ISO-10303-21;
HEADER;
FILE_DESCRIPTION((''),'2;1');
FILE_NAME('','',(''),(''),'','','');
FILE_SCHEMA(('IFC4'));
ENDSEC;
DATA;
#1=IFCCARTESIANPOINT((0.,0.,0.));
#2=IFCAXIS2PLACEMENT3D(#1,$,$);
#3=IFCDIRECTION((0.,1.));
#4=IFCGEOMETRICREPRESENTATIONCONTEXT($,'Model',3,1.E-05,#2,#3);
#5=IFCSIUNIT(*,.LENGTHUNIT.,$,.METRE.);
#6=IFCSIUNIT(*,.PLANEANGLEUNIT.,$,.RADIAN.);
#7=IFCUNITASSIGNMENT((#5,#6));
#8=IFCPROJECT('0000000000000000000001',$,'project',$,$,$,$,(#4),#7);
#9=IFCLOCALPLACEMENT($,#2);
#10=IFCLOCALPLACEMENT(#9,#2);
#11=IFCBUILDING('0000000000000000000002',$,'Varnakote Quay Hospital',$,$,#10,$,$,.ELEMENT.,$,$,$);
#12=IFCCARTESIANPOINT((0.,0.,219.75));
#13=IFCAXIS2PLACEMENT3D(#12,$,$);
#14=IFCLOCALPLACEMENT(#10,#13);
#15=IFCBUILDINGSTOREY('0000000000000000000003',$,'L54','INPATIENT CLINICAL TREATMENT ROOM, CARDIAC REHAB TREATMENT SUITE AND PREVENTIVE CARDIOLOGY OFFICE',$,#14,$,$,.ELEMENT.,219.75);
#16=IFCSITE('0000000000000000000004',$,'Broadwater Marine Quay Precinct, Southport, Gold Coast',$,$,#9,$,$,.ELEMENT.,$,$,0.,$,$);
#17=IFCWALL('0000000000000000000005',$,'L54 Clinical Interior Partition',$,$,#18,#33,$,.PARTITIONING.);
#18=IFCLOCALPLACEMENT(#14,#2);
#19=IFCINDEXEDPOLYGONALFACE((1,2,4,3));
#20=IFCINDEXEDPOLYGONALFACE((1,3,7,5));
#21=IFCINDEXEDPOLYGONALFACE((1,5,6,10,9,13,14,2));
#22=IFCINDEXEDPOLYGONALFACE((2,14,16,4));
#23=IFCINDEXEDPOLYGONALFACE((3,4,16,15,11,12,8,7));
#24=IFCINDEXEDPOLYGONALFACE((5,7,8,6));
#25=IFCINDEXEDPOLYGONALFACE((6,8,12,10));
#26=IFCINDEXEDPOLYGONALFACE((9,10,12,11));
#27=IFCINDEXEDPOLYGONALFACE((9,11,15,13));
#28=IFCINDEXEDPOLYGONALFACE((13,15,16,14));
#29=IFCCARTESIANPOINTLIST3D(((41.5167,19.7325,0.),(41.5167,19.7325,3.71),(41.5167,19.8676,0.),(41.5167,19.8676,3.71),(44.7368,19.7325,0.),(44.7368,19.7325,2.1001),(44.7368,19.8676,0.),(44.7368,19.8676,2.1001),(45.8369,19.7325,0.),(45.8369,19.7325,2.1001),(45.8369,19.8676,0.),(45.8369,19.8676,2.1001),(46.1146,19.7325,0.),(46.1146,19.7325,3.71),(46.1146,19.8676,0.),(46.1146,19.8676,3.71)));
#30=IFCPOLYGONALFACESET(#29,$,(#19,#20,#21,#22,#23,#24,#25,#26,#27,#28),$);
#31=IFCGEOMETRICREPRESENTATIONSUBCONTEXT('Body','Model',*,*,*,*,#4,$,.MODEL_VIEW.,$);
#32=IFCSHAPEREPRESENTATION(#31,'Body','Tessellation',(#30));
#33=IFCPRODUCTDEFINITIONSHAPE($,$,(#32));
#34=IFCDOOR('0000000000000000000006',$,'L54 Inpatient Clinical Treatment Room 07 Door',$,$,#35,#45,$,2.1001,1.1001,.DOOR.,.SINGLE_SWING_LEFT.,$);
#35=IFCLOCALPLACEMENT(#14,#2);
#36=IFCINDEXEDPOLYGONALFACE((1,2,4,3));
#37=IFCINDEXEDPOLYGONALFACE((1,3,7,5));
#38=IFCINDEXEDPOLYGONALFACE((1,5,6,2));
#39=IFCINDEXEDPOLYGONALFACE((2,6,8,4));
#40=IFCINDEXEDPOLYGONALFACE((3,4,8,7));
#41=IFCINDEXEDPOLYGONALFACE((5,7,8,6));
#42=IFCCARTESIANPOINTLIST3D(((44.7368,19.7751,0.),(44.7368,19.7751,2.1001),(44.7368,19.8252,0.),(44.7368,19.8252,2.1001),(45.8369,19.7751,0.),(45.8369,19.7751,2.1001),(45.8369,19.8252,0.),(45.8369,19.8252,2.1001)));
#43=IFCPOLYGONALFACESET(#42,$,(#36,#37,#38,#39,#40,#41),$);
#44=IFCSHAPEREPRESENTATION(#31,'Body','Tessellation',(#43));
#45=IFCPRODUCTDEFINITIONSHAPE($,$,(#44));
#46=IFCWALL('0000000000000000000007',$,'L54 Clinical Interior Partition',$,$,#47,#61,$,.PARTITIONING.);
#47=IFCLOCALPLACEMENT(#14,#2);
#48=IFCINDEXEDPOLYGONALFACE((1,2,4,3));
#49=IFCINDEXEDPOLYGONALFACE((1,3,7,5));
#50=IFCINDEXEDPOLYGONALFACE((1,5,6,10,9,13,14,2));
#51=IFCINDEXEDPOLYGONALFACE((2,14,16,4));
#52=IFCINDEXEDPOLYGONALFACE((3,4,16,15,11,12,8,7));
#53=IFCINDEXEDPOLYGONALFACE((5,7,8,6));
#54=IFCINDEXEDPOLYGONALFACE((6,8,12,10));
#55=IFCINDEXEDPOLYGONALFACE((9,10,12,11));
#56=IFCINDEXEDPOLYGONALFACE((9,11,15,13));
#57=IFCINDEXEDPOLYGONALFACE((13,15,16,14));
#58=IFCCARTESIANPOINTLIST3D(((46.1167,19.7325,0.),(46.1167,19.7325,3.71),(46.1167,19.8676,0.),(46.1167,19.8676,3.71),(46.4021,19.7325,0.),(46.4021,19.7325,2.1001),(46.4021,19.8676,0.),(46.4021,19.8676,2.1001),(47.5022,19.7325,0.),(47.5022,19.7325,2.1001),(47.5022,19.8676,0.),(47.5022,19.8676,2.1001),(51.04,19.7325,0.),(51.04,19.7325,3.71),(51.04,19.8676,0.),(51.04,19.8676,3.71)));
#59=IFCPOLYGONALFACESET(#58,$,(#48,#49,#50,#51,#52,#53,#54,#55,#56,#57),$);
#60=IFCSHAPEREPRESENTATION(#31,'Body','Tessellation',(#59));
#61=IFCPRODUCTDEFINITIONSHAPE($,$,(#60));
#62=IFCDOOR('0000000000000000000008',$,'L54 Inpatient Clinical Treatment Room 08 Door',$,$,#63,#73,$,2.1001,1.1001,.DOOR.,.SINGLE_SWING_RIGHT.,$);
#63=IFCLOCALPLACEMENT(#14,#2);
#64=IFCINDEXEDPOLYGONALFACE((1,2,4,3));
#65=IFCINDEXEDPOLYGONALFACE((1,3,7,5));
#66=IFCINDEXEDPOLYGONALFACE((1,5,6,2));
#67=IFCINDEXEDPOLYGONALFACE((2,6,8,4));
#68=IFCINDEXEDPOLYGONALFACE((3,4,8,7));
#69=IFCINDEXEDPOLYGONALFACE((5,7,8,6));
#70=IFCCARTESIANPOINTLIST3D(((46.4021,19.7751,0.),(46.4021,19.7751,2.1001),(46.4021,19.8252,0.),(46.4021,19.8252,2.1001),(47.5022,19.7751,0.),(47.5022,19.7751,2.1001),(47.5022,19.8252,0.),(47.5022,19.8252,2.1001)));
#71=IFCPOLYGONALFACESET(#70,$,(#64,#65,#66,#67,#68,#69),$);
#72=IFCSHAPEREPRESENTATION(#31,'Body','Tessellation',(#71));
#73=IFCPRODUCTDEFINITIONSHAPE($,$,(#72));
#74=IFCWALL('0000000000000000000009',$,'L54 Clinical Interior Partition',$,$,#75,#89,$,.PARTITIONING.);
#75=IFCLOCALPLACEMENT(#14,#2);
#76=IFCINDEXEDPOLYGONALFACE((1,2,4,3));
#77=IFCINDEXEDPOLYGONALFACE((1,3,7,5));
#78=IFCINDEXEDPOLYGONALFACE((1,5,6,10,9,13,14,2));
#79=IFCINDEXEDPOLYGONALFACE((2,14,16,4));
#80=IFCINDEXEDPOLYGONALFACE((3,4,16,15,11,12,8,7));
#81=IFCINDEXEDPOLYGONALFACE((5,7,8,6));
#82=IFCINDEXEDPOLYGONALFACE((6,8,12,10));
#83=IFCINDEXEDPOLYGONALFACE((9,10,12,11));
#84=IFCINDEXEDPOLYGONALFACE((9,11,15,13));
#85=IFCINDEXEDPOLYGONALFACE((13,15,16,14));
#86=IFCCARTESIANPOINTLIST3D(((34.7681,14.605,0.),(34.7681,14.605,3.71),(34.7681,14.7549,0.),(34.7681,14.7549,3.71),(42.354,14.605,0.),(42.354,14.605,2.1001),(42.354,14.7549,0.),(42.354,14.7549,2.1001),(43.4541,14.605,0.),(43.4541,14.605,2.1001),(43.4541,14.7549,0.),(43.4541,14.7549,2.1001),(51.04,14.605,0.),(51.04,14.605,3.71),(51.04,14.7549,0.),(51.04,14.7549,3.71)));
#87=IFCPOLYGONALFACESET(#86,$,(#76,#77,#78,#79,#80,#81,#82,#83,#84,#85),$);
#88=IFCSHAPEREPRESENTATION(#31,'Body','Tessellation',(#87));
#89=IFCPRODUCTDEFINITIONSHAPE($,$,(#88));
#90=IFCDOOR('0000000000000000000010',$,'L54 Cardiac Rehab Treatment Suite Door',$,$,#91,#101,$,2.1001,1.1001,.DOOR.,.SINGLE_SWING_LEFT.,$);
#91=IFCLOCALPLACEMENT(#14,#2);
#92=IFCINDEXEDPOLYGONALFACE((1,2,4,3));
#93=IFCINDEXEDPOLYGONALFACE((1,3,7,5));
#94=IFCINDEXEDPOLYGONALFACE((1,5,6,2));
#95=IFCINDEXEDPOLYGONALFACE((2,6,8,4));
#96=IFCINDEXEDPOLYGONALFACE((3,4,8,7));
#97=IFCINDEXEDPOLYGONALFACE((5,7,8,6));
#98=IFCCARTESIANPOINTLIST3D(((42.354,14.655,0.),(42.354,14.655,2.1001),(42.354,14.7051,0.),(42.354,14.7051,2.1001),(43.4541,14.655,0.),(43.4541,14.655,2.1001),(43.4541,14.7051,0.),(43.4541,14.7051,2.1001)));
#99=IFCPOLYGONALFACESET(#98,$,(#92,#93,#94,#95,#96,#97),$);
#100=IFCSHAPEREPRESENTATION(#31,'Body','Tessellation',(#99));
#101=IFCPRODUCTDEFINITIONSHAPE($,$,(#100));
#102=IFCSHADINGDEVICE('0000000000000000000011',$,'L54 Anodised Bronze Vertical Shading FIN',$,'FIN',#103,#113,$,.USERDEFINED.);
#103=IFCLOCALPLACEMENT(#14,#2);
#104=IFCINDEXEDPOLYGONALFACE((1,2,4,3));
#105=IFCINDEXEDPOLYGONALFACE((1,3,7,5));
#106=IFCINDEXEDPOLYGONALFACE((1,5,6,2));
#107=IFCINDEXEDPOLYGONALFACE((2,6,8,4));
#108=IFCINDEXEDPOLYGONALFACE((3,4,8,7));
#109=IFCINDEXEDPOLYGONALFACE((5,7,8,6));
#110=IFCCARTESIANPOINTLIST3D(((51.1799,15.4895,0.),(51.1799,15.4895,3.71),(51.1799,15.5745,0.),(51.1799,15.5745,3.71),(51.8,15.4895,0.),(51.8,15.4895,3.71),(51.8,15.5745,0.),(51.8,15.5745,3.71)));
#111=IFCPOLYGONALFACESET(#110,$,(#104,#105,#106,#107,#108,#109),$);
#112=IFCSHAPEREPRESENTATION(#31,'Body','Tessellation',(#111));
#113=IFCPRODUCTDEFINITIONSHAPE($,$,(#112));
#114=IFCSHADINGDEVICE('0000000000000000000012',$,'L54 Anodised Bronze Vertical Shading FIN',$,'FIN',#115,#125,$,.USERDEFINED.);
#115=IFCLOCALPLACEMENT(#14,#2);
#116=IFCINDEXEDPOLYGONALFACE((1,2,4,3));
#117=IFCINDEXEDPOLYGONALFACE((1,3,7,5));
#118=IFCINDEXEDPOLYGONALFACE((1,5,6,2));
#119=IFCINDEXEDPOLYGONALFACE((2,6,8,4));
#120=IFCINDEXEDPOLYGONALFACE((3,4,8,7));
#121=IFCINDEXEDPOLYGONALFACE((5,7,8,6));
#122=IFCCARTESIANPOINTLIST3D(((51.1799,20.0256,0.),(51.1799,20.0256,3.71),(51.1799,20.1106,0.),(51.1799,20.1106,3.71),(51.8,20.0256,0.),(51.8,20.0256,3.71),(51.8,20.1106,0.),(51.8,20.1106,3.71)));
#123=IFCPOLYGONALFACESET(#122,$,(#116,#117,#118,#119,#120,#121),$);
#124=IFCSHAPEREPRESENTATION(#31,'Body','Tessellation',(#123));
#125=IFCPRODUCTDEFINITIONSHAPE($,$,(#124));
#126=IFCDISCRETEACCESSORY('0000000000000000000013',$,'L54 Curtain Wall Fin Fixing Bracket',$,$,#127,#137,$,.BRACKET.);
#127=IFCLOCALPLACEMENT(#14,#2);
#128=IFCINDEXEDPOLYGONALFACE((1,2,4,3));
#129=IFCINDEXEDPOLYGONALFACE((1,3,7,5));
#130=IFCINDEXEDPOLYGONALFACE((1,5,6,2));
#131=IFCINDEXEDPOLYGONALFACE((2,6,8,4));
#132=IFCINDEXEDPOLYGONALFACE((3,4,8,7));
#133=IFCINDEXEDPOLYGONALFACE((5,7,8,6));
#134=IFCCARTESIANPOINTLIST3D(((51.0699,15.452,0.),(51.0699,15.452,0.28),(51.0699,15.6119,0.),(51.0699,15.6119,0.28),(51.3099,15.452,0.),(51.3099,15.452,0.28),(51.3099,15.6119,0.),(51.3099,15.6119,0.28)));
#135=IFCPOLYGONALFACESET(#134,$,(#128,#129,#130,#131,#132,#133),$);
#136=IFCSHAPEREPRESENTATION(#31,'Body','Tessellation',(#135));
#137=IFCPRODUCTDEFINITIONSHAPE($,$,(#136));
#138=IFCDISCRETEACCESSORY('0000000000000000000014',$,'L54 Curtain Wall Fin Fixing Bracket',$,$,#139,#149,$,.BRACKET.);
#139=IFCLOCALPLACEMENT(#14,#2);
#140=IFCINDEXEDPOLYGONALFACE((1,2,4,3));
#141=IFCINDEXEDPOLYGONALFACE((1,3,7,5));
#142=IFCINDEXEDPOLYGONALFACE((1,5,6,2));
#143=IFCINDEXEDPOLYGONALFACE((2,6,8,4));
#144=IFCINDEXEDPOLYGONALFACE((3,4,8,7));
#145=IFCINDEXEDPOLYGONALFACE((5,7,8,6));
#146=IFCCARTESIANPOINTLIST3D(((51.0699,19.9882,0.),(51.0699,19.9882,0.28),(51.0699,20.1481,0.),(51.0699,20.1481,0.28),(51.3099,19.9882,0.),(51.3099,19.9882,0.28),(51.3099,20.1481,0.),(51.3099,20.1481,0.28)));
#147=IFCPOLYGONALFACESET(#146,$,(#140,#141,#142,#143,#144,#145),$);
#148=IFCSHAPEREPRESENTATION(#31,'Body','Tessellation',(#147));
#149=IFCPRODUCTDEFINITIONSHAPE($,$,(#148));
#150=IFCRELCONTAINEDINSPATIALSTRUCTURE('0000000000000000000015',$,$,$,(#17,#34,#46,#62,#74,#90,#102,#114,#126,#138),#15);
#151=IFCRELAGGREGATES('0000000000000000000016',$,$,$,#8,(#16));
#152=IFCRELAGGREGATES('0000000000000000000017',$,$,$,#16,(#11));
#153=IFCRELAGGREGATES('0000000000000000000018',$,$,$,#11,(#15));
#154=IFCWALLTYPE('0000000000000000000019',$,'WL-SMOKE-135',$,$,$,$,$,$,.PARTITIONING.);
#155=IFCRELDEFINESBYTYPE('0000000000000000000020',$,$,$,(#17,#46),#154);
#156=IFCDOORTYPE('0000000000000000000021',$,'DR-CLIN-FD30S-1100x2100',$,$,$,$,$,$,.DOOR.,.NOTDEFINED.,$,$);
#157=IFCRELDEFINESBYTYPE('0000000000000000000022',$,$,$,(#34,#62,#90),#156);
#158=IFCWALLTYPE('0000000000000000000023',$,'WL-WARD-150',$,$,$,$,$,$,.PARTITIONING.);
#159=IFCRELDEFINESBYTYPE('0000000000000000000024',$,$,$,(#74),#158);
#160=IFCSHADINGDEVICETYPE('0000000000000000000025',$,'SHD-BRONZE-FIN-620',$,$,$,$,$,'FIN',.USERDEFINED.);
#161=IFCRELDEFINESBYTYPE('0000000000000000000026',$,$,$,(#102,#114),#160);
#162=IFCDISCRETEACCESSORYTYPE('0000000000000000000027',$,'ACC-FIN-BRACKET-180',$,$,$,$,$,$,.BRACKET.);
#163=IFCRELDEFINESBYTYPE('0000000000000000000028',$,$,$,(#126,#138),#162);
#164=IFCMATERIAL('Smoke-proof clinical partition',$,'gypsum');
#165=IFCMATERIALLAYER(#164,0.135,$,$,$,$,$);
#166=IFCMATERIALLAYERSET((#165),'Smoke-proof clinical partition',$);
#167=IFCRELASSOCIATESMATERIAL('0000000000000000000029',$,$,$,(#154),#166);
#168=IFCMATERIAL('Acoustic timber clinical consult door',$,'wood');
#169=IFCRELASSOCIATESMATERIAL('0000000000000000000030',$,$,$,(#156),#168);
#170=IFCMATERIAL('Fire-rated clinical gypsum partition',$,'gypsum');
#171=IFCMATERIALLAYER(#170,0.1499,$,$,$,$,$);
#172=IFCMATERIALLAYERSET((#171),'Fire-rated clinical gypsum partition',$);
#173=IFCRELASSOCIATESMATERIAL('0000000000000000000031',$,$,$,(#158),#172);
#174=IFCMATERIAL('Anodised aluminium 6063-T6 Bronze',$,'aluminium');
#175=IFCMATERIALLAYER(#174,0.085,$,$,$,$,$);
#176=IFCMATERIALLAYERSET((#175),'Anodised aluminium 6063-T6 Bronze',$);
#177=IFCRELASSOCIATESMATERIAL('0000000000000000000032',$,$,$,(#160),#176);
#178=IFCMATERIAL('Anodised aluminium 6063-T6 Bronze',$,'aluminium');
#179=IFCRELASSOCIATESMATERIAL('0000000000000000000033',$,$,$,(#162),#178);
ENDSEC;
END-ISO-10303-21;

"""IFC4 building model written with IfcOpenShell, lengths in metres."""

from ifc_helpers import new_model, si_unit, direction, frame, frame_2d, origin, origin_2d, place, context, subcontext, project, spatial, rectangle, extrude, material, layer, layer_set, type_object, element, fill, save


model = new_model("IFC4")

# Units and contexts
model_context = context("Model", 3, precision=1e-05, world=origin(), true_north=direction((0.0, 1.0)))
body_context = subcontext(model_context, "Body", "Model", "MODEL_VIEW")
ifc_project = project(units=[si_unit("LENGTHUNIT", "METRE"), si_unit("PLANEANGLEUNIT", "RADIAN")], contexts=[model_context])

# Site, building, storey
site_placement = place(None, origin())
site = spatial("IfcSite", under=ifc_project, at=site_placement, Name="Broadwater Marine Quay Precinct, Southport, Gold Coast", CompositionType="ELEMENT", RefElevation=0.0)
building_placement = place(site_placement, origin())
building = spatial("IfcBuilding", under=site, at=building_placement, Name="Varnakote Quay Hospital", CompositionType="ELEMENT")
storey_placement = place(building_placement, frame((0.0, 0.0, 219.75)))
storey = spatial("IfcBuildingStorey", under=building, at=storey_placement, Name="L54", Description="INPATIENT CLINICAL TREATMENT ROOM, CARDIAC REHAB TREATMENT SUITE AND PREVENTIVE CARDIOLOGY OFFICE", CompositionType="ELEMENT", Elevation=219.75)

# Walls, openings, doors
ifc_material_1 = material(Name="Smoke-proof clinical partition", Category="gypsum")
ifc_layer_1 = layer(ifc_material_1, 0.135)
ifc_layer_set_1 = layer_set([ifc_layer_1], Name="Smoke-proof clinical partition")
wall_type_1 = type_object("IfcWallType", Name="WL-SMOKE-135", PredefinedType="PARTITIONING", material=ifc_layer_set_1)
wall_1_placement = place(storey_placement, frame((46.1145, 19.8, 0.0), z_axis=(0.0, 0.0, 1.0), x_axis=(-1.0, 0.0, 0.0)))
wall_1 = element("IfcWall", 1, at=wall_1_placement, inside=storey, type_object=wall_type_1, Name="L54 Clinical Interior Partition", PredefinedType="PARTITIONING", context=body_context, shape_type="SweptSolid", body=[
    extrude(rectangle(XDim=4.5979, YDim=0.135, at=frame_2d((2.2988, 0.0))), origin(), (0.0, 0.0, 1.0), 3.71),
])
opening_1_placement = place(wall_1_placement, frame((0.2776, 0.0, 0.0)))
opening_1 = element("IfcOpeningElement", 2, at=opening_1_placement, cuts=wall_1, PredefinedType="OPENING", context=body_context, shape_type="SweptSolid", body=[
    extrude(rectangle(XDim=1.1001, YDim=2.1001, at=frame_2d((0.55, 1.05))), frame((0.0, 0.0774, 0.0), z_axis=(0.0, -1.0, 0.0), x_axis=(1.0, 0.0, 0.0)), (0.0, 0.0, 1.0), 0.155),
])
ifc_material_2 = material(Name="Acoustic timber clinical consult door", Category="wood")
door_type = type_object("IfcDoorType", Name="DR-CLIN-FD30S-1100x2100", OperationType="NOTDEFINED", PredefinedType="DOOR", material=ifc_material_2)
door_1_placement = place(opening_1_placement, origin())
door_1 = element("IfcDoor", 3, at=door_1_placement, inside=storey, type_object=door_type, Name="L54 Inpatient Clinical Treatment Room 07 Door", OperationType="SINGLE_SWING_LEFT", OverallHeight=2.1001, OverallWidth=1.1001, PredefinedType="DOOR", context=body_context, shape_type="SweptSolid", body=[
    extrude(rectangle(XDim=1.1001, YDim=2.1001, at=frame_2d((0.55, 1.05))), frame((0.0, 0.0249, 0.0), z_axis=(0.0, -1.0, 0.0), x_axis=(1.0, 0.0, 0.0)), (0.0, 0.0, 1.0), 0.05),
])
fill(opening_1, door_1)
wall_2_placement = place(storey_placement, frame((51.04, 19.8, 0.0), z_axis=(0.0, 0.0, 1.0), x_axis=(-1.0, 0.0, 0.0)))
wall_2 = element("IfcWall", 4, at=wall_2_placement, inside=storey, type_object=wall_type_1, Name="L54 Clinical Interior Partition", PredefinedType="PARTITIONING", context=body_context, shape_type="SweptSolid", body=[
    extrude(rectangle(XDim=4.9233, YDim=0.135, at=frame_2d((2.4617, 0.0))), origin(), (0.0, 0.0, 1.0), 3.71),
])
opening_2_placement = place(wall_2_placement, frame((3.5378, 0.0, 0.0)))
opening_2 = element("IfcOpeningElement", 5, at=opening_2_placement, cuts=wall_2, PredefinedType="OPENING", context=body_context, shape_type="SweptSolid", body=[
    extrude(rectangle(XDim=1.1001, YDim=2.1001, at=frame_2d((0.55, 1.05))), frame((0.0, 0.0774, 0.0), z_axis=(0.0, -1.0, 0.0), x_axis=(1.0, 0.0, 0.0)), (0.0, 0.0, 1.0), 0.155),
])
door_2_placement = place(opening_2_placement, origin())
door_2 = element("IfcDoor", 6, at=door_2_placement, inside=storey, type_object=door_type, Name="L54 Inpatient Clinical Treatment Room 08 Door", OperationType="SINGLE_SWING_RIGHT", OverallHeight=2.1001, OverallWidth=1.1001, PredefinedType="DOOR", context=body_context, shape_type="SweptSolid", body=[
    extrude(rectangle(XDim=1.1001, YDim=2.1001, at=frame_2d((0.55, 1.05))), frame((0.0, 0.0249, 0.0), z_axis=(0.0, -1.0, 0.0), x_axis=(1.0, 0.0, 0.0)), (0.0, 0.0, 1.0), 0.05),
])
fill(opening_2, door_2)
ifc_material_3 = material(Name="Fire-rated clinical gypsum partition", Category="gypsum")
ifc_layer_2 = layer(ifc_material_3, 0.1499)
ifc_layer_set_2 = layer_set([ifc_layer_2], Name="Fire-rated clinical gypsum partition")
wall_type_2 = type_object("IfcWallType", Name="WL-WARD-150", PredefinedType="PARTITIONING", material=ifc_layer_set_2)
wall_3_placement = place(storey_placement, frame((51.04, 14.6799, 0.0), z_axis=(0.0, 0.0, 1.0), x_axis=(-1.0, 0.0, 0.0)))
wall_3 = element("IfcWall", 7, at=wall_3_placement, inside=storey, type_object=wall_type_2, Name="L54 Clinical Interior Partition", PredefinedType="PARTITIONING", context=body_context, shape_type="SweptSolid", body=[
    extrude(rectangle(XDim=16.272, YDim=0.1499, at=frame_2d((8.136, 0.0))), origin(), (0.0, 0.0, 1.0), 3.71),
])
opening_3_placement = place(wall_3_placement, frame((7.5859, 0.0, 0.0)))
opening_3 = element("IfcOpeningElement", 8, at=opening_3_placement, cuts=wall_3, PredefinedType="OPENING", context=body_context, shape_type="SweptSolid", body=[
    extrude(rectangle(XDim=1.1001, YDim=2.1001, at=frame_2d((0.55, 1.05))), frame((0.0, 0.085, 0.0), z_axis=(0.0, -1.0, 0.0), x_axis=(1.0, 0.0, 0.0)), (0.0, 0.0, 1.0), 0.1699),
])
door_3_placement = place(opening_3_placement, origin())
door_3 = element("IfcDoor", 9, at=door_3_placement, inside=storey, type_object=door_type, Name="L54 Cardiac Rehab Treatment Suite Door", OperationType="SINGLE_SWING_LEFT", OverallHeight=2.1001, OverallWidth=1.1001, PredefinedType="DOOR", context=body_context, shape_type="SweptSolid", body=[
    extrude(rectangle(XDim=1.1001, YDim=2.1001, at=frame_2d((0.55, 1.05))), frame((0.0, 0.0249, 0.0), z_axis=(0.0, -1.0, 0.0), x_axis=(1.0, 0.0, 0.0)), (0.0, 0.0, 1.0), 0.05),
])
fill(opening_3, door_3)

# Shading devices
ifc_material_4 = material(Name="Anodised aluminium 6063-T6 Bronze", Category="aluminium")
ifc_layer_3 = layer(ifc_material_4, 0.085)
ifc_layer_set_3 = layer_set([ifc_layer_3], Name="Anodised aluminium 6063-T6 Bronze")
shading_device_type = type_object("IfcShadingDeviceType", Name="SHD-BRONZE-FIN-620", ElementType="FIN", PredefinedType="USERDEFINED", material=ifc_layer_set_3)
for number, where, z_axis, x_axis, name in (
    (10, (51.49, 15.532, 0.0), (0.0, 0.0, 1.0), (-1.0, 0.0, 0.0), "L54 Anodised Bronze Vertical Shading FIN"),
    (11, (51.49, 20.0681, 0.0), (0.0, 0.0, 1.0), (-1.0, 0.0, 0.0), "L54 Anodised Bronze Vertical Shading FIN"),
):
    element("IfcShadingDevice", number, at=place(storey_placement, frame(where, z_axis=z_axis, x_axis=x_axis)), inside=storey, type_object=shading_device_type, Name=name, ObjectType="FIN", PredefinedType="USERDEFINED", context=body_context, shape_type="SweptSolid", body=[
        extrude(rectangle(XDim=0.6201, YDim=0.085, at=origin_2d()), origin(), (0.0, 0.0, 1.0), 3.71),
    ])

# Discrete accessories
ifc_material_5 = material(Name="Anodised aluminium 6063-T6 Bronze", Category="aluminium")
discrete_accessory_type = type_object("IfcDiscreteAccessoryType", Name="ACC-FIN-BRACKET-180", PredefinedType="BRACKET", material=ifc_material_5)
for number, where, z_axis, x_axis, name in (
    (12, (51.1899, 15.532, 0.0), (0.0, 0.0, 1.0), (0.0, 1.0, 0.0), "L54 Curtain Wall Fin Fixing Bracket"),
    (13, (51.1899, 20.0681, 0.0), (0.0, 0.0, 1.0), (0.0, 1.0, 0.0), "L54 Curtain Wall Fin Fixing Bracket"),
):
    element("IfcDiscreteAccessory", number, at=place(storey_placement, frame(where, z_axis=z_axis, x_axis=x_axis)), inside=storey, type_object=discrete_accessory_type, Name=name, PredefinedType="BRACKET", context=body_context, shape_type="SweptSolid", body=[
        extrude(rectangle(XDim=0.1599, YDim=0.24, at=origin_2d()), origin(), (0.0, 0.0, 1.0), 0.28),
    ])

save(model, "model.ifc")
